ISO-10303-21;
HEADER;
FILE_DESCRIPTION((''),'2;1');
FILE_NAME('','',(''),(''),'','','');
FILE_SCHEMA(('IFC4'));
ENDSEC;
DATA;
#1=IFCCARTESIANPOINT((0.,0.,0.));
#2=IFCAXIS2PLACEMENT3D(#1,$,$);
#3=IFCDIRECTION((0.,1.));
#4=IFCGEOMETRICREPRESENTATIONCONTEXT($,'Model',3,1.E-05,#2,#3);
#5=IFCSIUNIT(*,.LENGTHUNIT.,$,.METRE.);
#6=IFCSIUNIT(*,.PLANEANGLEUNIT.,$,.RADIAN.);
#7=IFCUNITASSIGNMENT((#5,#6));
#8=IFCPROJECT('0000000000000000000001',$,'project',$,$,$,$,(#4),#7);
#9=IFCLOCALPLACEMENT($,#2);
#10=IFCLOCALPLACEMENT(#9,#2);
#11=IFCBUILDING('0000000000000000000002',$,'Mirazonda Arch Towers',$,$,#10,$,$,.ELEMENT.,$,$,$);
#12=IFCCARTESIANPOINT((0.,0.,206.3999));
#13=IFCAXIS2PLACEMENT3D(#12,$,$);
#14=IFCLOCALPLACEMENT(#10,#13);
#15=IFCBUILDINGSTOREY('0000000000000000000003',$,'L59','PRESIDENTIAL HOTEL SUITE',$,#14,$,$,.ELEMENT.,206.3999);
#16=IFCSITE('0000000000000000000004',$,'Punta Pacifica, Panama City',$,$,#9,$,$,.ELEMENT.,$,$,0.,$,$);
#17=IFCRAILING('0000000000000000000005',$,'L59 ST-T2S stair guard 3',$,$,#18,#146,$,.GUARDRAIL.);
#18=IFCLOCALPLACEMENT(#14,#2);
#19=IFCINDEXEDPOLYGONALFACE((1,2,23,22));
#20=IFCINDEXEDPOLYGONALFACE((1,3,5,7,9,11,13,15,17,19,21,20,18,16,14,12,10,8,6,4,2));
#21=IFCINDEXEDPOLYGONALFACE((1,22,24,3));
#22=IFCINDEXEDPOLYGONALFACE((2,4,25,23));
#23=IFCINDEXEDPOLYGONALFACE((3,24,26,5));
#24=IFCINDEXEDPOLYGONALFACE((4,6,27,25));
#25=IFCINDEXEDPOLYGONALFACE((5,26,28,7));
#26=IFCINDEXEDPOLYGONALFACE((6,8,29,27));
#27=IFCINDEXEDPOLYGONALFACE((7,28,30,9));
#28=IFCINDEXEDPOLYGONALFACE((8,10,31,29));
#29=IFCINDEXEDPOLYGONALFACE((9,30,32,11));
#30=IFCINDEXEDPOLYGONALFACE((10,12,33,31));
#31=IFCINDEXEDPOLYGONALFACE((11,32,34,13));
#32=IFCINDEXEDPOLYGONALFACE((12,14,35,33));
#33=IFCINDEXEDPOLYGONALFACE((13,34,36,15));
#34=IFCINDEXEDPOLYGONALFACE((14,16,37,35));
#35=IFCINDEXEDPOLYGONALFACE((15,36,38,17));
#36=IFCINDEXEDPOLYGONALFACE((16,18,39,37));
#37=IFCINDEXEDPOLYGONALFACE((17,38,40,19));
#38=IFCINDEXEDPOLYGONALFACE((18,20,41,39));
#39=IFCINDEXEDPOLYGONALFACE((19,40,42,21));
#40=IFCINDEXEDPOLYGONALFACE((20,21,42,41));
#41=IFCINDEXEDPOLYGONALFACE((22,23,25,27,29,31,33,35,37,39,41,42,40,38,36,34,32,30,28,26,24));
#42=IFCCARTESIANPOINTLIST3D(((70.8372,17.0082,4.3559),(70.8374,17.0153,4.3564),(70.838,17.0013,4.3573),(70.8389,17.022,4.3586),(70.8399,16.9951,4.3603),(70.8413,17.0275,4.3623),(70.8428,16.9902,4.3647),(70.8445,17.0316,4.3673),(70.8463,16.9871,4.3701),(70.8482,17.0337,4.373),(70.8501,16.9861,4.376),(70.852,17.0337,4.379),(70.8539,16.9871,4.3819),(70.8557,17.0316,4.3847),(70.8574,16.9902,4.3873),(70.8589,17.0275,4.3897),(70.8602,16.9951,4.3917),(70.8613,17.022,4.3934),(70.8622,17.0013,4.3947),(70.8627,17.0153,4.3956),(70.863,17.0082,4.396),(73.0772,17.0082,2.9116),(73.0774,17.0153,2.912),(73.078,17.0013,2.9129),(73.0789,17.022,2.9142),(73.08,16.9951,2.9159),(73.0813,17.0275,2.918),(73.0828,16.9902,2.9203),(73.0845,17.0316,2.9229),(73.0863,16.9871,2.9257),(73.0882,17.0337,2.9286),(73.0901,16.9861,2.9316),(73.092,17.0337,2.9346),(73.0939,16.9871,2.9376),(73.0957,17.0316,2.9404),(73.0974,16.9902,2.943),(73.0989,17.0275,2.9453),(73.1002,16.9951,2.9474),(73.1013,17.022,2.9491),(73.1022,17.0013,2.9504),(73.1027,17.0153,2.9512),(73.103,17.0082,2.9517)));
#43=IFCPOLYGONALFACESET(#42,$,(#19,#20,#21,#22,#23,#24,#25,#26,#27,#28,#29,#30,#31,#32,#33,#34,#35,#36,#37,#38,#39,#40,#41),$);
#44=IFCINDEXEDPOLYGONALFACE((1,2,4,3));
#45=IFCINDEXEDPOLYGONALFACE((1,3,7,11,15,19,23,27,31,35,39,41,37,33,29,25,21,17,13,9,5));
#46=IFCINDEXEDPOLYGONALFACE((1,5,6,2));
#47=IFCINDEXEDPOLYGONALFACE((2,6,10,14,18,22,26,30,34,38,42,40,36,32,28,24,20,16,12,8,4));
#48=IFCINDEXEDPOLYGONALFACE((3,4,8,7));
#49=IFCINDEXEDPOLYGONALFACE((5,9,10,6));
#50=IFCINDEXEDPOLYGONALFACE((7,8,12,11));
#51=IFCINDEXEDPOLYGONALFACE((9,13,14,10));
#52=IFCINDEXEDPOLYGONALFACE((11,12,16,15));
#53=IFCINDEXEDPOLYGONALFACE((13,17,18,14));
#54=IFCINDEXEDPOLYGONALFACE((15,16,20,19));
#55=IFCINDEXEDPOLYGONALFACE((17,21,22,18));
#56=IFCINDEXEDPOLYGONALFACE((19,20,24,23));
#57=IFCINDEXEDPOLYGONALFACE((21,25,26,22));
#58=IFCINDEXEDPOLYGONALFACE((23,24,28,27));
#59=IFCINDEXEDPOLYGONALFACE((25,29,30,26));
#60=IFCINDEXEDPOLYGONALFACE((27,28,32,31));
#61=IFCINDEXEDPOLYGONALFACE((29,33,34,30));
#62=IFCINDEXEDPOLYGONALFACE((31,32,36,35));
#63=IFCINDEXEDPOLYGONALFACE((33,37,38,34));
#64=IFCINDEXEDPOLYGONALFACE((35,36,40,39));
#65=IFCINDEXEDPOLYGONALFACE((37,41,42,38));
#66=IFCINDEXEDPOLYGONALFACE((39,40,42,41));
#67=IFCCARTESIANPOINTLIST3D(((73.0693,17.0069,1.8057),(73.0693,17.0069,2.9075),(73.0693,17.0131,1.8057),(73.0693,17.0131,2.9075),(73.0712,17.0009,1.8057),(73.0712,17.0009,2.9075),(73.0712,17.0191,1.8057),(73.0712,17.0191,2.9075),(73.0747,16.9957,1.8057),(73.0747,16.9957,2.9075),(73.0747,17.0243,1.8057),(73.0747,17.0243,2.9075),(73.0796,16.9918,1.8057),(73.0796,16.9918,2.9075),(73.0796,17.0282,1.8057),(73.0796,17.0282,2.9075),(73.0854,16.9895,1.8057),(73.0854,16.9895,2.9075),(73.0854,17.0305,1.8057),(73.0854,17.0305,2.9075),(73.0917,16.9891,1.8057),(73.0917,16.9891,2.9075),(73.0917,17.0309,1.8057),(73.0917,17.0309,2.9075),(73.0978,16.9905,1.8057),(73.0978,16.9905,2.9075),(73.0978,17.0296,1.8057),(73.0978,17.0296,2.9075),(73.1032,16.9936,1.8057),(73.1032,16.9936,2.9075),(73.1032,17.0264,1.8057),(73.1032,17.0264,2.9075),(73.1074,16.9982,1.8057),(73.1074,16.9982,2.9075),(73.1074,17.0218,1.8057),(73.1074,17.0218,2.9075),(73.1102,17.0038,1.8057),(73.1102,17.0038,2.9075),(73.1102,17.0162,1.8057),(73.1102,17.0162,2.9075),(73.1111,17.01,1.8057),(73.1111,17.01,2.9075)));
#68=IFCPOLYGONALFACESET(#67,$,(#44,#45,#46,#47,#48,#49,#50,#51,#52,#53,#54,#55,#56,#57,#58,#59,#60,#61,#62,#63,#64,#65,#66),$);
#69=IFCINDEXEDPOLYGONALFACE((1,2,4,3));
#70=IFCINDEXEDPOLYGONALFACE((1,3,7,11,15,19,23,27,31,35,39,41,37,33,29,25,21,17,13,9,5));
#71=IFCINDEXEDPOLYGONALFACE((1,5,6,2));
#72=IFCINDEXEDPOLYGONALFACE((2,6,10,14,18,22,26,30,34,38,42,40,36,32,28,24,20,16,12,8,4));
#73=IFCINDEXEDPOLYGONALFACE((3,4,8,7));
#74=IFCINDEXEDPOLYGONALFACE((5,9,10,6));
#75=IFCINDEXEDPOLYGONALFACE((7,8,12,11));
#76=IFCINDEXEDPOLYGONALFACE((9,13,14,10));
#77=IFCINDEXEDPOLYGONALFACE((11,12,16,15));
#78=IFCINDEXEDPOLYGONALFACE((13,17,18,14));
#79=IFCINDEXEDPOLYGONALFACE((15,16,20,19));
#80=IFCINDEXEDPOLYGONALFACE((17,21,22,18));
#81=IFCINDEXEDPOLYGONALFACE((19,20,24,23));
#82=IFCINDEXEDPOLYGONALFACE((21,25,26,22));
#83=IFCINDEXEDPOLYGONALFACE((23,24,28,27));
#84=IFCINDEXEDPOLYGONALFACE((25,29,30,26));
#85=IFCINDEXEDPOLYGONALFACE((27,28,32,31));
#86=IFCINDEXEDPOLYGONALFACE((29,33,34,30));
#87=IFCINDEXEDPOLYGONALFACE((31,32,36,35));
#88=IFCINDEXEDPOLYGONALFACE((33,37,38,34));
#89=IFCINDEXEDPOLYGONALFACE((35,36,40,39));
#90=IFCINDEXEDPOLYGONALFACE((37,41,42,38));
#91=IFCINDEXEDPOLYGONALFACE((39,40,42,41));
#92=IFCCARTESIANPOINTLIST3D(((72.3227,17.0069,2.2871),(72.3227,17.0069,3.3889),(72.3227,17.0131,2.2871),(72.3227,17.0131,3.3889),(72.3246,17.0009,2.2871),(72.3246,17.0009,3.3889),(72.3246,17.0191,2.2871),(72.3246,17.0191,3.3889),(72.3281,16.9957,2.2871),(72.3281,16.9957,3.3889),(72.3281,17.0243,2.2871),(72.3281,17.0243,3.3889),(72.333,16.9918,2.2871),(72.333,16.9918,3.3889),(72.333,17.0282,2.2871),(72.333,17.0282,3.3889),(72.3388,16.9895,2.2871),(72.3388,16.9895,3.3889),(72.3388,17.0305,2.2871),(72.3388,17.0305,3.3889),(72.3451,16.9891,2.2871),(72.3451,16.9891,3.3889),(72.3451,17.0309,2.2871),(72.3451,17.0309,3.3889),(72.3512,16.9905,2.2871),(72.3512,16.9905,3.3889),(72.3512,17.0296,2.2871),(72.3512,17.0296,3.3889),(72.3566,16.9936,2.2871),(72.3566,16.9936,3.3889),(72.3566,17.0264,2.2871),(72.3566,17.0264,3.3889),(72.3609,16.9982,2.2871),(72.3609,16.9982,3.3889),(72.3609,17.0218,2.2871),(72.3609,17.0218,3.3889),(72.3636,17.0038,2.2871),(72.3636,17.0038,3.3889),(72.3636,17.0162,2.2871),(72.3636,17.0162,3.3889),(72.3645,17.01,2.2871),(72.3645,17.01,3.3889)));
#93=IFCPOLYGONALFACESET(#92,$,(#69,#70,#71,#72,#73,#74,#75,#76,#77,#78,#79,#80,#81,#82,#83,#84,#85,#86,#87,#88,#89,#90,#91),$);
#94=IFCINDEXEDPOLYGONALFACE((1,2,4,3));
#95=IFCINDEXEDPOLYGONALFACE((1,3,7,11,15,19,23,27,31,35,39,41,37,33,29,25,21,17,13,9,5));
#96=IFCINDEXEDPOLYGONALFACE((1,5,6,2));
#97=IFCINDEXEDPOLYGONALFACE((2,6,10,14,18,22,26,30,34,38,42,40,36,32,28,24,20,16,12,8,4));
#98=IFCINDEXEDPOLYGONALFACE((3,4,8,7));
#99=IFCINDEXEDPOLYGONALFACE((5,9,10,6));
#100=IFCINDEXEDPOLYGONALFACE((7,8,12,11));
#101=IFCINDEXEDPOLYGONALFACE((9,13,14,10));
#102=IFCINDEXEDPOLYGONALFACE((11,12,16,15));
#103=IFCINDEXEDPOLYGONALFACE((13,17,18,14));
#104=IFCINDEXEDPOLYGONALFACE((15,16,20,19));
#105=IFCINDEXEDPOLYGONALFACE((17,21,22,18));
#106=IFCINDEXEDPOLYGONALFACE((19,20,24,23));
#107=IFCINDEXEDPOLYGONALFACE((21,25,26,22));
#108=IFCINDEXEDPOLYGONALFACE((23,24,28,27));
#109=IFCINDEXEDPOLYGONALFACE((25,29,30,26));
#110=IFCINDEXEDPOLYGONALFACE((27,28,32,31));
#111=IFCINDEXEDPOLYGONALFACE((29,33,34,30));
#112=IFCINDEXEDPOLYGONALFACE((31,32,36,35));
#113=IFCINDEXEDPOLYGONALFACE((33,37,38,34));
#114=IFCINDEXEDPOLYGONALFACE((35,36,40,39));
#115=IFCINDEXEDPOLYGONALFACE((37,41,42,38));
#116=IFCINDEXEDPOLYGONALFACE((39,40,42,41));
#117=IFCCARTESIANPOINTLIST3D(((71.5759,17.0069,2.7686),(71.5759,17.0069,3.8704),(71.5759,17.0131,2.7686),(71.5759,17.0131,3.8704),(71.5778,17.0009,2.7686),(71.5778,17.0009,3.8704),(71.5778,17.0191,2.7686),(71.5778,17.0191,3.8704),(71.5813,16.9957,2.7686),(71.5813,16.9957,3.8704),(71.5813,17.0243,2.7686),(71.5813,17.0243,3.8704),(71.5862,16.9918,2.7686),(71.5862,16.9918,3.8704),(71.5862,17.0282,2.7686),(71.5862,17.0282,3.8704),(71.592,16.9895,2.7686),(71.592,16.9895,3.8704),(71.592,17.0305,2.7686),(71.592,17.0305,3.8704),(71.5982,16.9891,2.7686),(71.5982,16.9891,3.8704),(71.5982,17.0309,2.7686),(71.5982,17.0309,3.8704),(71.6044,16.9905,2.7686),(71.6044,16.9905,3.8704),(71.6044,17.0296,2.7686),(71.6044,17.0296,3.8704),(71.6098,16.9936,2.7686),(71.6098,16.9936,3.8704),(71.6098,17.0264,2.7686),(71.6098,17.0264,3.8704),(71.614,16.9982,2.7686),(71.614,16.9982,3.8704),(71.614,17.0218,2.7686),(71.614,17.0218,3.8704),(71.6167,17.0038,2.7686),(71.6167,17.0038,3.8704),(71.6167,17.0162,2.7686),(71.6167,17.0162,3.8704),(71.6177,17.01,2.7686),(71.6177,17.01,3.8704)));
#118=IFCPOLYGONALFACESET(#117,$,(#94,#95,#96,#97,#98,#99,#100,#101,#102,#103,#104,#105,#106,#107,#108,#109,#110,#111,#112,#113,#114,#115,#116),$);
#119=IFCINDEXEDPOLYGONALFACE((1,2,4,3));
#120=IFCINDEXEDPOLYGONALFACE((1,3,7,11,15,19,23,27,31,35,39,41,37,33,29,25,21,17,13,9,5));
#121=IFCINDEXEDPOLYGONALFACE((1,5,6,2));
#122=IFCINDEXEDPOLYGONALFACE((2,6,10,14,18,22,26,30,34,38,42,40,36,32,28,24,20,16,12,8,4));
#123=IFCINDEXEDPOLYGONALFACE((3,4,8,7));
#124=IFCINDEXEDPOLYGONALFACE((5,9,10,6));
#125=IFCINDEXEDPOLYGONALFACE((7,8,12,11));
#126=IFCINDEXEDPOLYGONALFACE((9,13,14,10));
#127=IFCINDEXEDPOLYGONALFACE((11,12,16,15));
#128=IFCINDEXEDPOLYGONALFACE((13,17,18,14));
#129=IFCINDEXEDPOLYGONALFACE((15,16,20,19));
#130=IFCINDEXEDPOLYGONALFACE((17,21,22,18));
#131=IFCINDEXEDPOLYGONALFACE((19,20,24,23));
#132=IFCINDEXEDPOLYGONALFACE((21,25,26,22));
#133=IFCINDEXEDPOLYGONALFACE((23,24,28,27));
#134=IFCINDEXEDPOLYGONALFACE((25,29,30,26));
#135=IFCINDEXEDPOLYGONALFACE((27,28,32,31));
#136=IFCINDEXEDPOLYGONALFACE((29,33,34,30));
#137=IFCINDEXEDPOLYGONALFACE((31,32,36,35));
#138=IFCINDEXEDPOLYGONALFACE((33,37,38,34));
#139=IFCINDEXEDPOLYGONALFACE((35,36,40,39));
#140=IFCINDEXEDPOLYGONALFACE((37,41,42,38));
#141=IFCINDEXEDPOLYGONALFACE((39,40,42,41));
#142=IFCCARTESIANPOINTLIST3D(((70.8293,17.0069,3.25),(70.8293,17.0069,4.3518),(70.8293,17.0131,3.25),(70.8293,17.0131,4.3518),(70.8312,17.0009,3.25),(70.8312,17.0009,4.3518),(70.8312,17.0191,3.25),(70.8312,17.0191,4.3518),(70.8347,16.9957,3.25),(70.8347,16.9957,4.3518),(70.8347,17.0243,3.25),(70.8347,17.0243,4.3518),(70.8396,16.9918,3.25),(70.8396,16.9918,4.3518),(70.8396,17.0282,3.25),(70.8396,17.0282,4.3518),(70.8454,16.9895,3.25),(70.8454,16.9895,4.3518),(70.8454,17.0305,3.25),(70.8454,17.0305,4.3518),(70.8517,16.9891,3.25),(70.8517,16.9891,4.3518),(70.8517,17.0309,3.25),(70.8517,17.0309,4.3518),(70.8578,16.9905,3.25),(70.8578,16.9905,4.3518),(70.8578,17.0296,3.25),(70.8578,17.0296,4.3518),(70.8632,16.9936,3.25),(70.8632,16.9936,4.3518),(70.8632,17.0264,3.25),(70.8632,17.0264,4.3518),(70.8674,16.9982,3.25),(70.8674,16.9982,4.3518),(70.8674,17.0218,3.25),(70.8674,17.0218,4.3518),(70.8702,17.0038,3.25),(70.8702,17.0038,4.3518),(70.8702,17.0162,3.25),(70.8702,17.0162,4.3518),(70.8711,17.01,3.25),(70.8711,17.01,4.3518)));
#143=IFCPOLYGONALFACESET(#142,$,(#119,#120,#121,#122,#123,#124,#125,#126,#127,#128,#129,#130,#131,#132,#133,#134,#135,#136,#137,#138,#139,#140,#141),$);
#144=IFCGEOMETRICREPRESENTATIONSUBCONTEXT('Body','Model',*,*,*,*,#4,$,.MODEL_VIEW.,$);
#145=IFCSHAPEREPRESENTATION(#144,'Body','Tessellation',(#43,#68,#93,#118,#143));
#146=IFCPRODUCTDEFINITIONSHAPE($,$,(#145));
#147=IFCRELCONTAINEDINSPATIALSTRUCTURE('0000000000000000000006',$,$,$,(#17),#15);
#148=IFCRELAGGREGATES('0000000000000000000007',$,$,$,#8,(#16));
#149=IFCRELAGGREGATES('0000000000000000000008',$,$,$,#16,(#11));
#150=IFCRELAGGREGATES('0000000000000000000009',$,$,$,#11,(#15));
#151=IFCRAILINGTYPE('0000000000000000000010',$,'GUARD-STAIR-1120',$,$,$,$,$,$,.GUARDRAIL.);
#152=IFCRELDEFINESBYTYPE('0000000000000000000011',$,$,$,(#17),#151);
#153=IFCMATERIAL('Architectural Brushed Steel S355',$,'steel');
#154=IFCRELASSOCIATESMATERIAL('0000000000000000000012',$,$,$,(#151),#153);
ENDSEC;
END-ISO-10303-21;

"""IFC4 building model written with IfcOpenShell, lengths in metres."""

from ifc_helpers import new_model, si_unit, direction, frame, origin, origin_2d, place, context, subcontext, project, spatial, circle, extrude, material, type_object, element, save


model = new_model("IFC4")

# Units and contexts
model_context = context("Model", 3, precision=1e-05, world=origin(), true_north=direction((0.0, 1.0)))
body_context = subcontext(model_context, "Body", "Model", "MODEL_VIEW")
ifc_project = project(units=[si_unit("LENGTHUNIT", "METRE"), si_unit("PLANEANGLEUNIT", "RADIAN")], contexts=[model_context])

# Site, building, storey
site_placement = place(None, origin())
site = spatial("IfcSite", under=ifc_project, at=site_placement, Name="Punta Pacifica, Panama City", CompositionType="ELEMENT", RefElevation=0.0)
building_placement = place(site_placement, origin())
building = spatial("IfcBuilding", under=site, at=building_placement, Name="Mirazonda Arch Towers", CompositionType="ELEMENT")
storey_placement = place(building_placement, frame((0.0, 0.0, 206.3999)))
storey = spatial("IfcBuildingStorey", under=building, at=storey_placement, Name="L59", Description="PRESIDENTIAL HOTEL SUITE", CompositionType="ELEMENT", Elevation=206.3999)

# Railing
ifc_material_1 = material(Name="Architectural Brushed Steel S355", Category="steel")
railing_type_1 = type_object("IfcRailingType", Name="GUARD-STAIR-1120", PredefinedType="GUARDRAIL", material=ifc_material_1)
railing_1_placement = place(storey_placement, frame((73.0901, 17.01, 1.8057)))
element("IfcRailing", 1, at=railing_1_placement, inside=storey, type_object=railing_type_1, Name="L59 ST-T2S stair guard 3", PredefinedType="GUARDRAIL", context=body_context, shape_type="SweptSolid", body=[
    extrude(circle(Radius=0.0239, at=origin_2d()), frame((0.0, 0.0, 1.126), z_axis=(-0.840437, 0.0, 0.54191), x_axis=(0.0, -1.0, 0.0)), (0.0, 0.0, 1.0), 2.6653),
    extrude(circle(Radius=0.021, at=origin_2d()), origin(), (0.0, 0.0, 1.0), 1.1018),
    extrude(circle(Radius=0.021, at=origin_2d()), frame((-0.7466, 0.0, 0.4814)), (0.0, 0.0, 1.0), 1.1018),
    extrude(circle(Radius=0.021, at=origin_2d()), frame((-1.4934, 0.0, 0.9629)), (0.0, 0.0, 1.0), 1.1018),
    extrude(circle(Radius=0.021, at=origin_2d()), frame((-2.24, 0.0, 1.4443)), (0.0, 0.0, 1.0), 1.1018),
])

save(model, "model.ifc")
